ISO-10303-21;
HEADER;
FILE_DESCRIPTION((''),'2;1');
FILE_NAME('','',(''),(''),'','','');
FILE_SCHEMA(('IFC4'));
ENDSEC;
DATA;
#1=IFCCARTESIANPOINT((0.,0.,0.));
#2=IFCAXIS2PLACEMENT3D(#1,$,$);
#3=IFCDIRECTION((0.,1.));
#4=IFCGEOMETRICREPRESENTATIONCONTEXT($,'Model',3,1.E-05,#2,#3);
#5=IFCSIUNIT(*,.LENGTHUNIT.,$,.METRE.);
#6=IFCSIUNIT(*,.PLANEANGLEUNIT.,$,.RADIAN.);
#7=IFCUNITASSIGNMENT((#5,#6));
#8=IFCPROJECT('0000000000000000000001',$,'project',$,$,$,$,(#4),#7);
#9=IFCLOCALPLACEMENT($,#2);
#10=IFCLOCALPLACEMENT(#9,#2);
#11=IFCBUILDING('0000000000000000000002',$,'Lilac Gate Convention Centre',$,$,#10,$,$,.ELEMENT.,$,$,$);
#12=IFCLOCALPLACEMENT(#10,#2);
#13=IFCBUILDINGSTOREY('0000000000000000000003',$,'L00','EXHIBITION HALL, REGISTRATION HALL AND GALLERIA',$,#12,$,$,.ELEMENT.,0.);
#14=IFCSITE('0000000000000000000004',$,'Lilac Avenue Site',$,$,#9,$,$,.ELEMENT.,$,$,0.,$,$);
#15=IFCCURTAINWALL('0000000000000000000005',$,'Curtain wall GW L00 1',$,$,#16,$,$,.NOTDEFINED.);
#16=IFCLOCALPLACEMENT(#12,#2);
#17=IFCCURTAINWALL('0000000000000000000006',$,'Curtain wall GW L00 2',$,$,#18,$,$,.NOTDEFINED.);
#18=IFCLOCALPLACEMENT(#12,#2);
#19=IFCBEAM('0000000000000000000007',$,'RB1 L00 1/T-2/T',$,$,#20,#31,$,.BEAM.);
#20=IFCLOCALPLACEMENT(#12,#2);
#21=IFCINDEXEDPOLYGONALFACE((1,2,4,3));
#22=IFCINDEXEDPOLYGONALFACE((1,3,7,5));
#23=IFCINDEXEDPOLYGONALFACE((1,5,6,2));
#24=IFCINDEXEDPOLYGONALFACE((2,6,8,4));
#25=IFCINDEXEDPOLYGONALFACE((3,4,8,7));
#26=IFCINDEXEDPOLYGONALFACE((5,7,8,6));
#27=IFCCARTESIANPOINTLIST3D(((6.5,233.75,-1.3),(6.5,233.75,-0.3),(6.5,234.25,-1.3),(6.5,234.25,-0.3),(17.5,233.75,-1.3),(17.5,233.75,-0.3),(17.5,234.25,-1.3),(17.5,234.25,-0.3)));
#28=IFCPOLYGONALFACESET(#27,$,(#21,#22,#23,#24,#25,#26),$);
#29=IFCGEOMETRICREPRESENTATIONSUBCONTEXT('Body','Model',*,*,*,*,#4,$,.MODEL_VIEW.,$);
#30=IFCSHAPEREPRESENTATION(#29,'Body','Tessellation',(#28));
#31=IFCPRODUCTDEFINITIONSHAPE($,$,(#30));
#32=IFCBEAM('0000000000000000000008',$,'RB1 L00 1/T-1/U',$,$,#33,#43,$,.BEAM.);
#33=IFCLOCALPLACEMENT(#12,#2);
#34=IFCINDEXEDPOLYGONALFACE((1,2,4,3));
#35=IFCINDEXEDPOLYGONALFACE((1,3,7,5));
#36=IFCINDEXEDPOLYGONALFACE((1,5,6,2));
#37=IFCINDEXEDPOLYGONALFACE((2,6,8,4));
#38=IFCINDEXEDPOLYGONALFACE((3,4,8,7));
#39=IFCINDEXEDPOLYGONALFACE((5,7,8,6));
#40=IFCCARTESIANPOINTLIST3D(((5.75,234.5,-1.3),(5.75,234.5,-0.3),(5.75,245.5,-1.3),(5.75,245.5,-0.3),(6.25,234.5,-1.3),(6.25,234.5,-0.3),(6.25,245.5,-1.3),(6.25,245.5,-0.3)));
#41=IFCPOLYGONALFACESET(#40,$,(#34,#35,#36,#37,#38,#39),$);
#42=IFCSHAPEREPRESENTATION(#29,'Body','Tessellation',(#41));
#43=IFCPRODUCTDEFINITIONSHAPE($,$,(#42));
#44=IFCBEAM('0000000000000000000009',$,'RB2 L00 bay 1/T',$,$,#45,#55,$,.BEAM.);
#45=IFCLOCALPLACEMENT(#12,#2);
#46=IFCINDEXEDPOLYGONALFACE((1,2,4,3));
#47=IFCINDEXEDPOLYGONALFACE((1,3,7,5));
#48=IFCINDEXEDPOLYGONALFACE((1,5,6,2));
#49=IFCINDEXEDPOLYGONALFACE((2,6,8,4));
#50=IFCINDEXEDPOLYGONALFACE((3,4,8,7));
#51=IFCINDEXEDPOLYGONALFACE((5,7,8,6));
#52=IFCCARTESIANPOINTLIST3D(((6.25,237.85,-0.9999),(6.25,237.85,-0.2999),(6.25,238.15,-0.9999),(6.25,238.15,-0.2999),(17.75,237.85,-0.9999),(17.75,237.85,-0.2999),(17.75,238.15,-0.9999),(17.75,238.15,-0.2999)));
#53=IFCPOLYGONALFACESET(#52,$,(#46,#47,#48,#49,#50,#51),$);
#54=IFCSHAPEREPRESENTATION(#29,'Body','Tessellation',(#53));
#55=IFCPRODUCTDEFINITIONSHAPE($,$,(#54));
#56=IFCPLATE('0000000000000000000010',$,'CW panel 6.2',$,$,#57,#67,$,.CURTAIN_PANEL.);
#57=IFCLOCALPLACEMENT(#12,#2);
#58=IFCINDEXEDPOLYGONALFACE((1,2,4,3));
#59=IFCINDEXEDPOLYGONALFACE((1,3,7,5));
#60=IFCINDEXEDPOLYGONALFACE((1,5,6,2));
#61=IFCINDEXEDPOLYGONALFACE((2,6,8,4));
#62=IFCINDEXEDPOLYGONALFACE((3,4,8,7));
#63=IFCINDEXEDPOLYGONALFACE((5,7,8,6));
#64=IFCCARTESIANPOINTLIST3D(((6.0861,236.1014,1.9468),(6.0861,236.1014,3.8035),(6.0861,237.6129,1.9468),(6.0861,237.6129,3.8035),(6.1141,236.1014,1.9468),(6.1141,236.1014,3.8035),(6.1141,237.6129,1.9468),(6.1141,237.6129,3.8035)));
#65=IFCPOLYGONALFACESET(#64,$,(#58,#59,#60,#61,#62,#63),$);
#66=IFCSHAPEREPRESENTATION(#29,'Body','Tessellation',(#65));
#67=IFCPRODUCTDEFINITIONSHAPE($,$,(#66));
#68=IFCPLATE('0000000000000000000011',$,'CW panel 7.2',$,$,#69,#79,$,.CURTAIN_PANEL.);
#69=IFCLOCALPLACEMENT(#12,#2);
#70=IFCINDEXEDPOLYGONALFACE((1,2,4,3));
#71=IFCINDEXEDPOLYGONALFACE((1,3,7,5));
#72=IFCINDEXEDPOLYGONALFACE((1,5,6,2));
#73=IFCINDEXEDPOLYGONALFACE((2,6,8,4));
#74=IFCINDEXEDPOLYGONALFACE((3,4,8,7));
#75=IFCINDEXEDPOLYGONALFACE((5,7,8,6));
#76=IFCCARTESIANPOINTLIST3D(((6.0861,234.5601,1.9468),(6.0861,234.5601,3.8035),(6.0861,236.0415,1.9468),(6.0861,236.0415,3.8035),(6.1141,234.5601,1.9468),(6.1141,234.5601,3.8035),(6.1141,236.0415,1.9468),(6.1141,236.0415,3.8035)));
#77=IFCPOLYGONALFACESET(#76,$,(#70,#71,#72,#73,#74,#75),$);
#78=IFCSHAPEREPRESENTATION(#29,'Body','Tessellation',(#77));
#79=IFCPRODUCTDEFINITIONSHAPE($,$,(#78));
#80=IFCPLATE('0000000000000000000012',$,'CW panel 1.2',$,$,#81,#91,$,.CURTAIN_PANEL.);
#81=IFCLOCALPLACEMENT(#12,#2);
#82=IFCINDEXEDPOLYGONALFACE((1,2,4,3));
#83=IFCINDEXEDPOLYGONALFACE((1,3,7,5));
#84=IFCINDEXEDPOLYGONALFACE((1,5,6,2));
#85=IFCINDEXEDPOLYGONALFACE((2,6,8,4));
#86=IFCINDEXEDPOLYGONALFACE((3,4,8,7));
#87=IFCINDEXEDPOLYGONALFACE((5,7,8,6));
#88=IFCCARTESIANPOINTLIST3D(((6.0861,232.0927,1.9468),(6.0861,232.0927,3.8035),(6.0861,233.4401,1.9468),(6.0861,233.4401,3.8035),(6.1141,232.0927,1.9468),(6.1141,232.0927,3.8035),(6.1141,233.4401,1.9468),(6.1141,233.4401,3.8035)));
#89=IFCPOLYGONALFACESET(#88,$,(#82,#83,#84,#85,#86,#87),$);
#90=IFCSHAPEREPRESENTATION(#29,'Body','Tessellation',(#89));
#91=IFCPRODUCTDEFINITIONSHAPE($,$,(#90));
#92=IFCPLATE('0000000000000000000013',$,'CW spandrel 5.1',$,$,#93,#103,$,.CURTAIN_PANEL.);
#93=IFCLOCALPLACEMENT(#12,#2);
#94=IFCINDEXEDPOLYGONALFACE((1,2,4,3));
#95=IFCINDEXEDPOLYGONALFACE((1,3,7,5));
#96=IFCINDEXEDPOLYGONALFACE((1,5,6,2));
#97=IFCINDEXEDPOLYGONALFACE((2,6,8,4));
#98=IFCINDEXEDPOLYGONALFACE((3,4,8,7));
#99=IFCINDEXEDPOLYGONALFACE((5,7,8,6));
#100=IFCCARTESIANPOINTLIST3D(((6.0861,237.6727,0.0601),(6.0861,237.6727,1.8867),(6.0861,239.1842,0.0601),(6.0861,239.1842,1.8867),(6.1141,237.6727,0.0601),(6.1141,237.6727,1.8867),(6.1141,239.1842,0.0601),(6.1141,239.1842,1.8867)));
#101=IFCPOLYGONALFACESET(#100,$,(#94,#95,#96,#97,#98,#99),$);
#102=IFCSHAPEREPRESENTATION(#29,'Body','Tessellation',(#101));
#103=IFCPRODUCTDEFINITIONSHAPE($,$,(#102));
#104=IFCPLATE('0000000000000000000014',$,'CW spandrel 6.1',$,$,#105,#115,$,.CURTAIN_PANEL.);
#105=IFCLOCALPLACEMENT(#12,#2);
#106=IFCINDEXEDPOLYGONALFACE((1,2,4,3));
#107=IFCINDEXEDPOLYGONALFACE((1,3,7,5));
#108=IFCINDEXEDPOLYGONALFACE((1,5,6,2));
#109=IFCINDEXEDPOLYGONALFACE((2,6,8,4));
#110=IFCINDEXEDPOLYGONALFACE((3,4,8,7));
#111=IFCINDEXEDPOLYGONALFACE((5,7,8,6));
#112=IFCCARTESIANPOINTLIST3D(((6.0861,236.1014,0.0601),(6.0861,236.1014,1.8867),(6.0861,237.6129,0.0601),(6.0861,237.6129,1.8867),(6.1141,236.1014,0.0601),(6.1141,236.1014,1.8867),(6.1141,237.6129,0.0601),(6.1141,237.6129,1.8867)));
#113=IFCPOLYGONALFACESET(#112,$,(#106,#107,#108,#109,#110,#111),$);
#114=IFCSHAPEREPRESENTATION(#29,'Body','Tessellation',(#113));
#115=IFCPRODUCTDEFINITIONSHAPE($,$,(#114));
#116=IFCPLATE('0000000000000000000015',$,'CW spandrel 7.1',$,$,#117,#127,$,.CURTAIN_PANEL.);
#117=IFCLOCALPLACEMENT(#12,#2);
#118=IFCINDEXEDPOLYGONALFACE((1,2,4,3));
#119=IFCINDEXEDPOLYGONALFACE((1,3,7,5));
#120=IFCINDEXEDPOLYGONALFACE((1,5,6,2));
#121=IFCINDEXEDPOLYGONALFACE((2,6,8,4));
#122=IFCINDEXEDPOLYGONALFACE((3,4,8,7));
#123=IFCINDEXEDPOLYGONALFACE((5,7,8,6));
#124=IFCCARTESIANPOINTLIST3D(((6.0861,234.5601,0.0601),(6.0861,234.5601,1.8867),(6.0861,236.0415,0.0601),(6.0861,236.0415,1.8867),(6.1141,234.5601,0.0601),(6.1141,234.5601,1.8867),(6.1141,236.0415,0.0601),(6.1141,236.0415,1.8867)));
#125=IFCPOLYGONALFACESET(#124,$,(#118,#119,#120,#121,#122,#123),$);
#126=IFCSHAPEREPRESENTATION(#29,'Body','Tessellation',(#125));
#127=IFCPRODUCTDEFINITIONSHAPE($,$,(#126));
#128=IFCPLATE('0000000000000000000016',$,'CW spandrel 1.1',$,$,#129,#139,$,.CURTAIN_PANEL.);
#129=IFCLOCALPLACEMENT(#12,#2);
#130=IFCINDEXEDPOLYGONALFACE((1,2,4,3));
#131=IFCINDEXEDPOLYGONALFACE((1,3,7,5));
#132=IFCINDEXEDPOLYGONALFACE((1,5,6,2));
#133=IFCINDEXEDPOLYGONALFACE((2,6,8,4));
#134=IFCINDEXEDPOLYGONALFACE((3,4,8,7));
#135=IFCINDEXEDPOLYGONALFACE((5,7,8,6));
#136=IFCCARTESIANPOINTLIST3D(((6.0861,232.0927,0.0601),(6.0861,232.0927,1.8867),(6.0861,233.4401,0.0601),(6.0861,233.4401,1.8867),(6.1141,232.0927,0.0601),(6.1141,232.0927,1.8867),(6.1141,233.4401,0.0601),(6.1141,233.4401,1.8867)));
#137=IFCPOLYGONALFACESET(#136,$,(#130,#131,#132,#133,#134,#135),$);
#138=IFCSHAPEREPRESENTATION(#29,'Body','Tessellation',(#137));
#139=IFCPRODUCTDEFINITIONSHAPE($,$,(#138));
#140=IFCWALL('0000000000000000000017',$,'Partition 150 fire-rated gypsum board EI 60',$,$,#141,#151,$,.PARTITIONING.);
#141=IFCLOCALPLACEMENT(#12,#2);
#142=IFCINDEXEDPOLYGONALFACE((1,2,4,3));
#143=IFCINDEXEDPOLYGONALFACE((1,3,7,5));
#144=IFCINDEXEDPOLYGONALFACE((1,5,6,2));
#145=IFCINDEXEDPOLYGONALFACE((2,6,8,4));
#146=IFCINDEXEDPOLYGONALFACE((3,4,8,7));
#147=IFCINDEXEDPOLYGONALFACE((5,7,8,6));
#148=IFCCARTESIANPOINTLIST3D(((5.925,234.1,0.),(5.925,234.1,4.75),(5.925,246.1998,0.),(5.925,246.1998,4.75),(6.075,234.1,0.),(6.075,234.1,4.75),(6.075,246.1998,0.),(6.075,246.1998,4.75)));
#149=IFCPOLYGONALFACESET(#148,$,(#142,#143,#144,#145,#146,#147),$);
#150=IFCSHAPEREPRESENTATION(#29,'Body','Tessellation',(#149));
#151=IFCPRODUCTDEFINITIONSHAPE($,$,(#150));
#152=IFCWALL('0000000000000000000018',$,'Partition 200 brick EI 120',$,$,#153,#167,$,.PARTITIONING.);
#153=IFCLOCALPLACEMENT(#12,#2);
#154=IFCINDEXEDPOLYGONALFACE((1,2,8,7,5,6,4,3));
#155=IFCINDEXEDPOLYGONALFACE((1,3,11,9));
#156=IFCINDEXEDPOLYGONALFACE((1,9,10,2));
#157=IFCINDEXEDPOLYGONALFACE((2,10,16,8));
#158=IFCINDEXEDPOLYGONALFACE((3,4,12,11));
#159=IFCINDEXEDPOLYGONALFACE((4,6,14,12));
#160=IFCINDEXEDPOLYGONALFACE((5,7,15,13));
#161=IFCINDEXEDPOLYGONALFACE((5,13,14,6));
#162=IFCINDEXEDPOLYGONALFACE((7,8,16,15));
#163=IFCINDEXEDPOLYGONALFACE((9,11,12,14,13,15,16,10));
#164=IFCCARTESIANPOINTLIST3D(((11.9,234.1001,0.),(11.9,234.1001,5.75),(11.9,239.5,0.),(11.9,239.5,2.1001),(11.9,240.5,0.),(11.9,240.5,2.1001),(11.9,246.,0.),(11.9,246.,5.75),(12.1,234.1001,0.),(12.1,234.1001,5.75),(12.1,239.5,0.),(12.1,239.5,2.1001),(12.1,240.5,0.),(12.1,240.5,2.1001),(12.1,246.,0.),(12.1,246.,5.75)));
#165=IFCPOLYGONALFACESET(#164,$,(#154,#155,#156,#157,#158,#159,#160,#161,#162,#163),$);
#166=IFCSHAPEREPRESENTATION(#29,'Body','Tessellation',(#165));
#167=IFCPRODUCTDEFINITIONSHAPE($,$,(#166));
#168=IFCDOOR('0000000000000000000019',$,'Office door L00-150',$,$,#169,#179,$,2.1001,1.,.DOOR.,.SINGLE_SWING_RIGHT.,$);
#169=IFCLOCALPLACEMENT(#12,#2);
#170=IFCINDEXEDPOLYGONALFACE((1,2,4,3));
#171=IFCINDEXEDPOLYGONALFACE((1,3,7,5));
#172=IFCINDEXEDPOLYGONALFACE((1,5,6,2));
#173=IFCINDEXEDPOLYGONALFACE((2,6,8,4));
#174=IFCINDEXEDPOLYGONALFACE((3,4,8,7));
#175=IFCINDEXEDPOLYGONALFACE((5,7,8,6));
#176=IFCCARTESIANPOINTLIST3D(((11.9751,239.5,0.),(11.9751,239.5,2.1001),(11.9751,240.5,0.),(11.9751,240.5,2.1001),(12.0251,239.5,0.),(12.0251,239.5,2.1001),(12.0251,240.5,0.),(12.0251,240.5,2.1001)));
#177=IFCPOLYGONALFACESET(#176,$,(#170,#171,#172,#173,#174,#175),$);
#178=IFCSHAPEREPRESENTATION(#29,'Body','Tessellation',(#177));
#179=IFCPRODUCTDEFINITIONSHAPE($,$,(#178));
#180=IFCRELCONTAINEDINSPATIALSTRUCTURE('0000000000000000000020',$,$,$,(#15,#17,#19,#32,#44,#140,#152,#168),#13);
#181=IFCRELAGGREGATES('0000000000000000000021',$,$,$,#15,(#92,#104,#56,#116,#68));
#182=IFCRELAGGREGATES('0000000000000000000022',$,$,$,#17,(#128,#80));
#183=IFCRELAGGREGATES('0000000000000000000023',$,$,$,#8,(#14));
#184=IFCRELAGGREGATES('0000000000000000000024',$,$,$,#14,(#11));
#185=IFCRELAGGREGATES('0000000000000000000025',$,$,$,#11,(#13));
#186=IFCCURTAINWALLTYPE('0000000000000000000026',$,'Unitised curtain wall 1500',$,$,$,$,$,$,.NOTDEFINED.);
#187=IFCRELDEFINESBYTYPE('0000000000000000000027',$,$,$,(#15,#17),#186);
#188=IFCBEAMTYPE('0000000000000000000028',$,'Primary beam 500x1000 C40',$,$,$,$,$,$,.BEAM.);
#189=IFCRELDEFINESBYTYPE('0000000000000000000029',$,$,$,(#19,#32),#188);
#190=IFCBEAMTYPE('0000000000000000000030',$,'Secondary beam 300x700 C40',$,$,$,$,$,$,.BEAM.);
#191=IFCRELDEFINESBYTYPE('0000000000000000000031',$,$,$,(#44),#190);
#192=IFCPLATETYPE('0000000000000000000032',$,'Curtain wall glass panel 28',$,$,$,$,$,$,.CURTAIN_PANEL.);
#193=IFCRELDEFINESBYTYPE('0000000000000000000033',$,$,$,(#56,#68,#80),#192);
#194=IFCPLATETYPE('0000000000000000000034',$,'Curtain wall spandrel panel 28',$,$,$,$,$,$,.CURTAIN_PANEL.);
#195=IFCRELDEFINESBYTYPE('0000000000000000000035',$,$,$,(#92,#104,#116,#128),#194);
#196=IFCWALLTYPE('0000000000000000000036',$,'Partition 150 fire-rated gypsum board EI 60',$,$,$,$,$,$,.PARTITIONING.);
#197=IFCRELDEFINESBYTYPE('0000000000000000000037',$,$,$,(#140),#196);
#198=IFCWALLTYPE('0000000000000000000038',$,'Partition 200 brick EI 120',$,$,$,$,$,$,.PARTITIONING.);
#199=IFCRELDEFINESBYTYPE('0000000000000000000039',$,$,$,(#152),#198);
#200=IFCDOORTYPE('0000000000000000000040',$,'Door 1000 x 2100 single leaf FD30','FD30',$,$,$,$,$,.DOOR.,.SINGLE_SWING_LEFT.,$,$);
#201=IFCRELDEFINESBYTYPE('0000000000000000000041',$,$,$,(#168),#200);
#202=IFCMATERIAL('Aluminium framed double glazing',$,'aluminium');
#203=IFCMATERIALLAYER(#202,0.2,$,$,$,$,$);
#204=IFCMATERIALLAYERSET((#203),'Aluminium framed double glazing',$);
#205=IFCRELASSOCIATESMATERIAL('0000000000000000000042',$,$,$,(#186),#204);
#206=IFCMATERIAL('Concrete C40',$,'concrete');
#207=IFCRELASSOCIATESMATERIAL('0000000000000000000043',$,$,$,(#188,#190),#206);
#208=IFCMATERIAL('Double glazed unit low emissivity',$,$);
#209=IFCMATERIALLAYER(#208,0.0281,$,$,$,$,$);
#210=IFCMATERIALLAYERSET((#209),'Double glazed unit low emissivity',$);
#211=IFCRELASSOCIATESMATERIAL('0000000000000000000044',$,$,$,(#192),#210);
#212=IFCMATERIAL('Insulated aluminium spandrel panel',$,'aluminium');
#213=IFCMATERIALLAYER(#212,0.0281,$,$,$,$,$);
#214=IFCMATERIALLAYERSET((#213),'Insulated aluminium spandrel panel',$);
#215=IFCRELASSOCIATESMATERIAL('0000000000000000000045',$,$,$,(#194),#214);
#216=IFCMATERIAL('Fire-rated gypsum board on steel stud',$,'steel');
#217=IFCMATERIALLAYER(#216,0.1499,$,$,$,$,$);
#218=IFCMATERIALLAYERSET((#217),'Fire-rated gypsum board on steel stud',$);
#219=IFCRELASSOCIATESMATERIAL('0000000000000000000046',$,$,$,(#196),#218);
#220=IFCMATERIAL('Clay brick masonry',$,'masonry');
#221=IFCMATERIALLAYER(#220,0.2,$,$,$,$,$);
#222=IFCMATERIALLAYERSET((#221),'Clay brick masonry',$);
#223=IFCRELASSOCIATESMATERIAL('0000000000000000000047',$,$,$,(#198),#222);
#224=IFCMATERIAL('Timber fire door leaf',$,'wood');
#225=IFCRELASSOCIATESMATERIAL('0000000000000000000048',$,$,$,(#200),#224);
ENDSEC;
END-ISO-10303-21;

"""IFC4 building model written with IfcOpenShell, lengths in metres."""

from ifc_helpers import new_model, si_unit, direction, frame, frame_2d, origin, origin_2d, place, context, subcontext, project, spatial, rectangle, extrude, material, layer, layer_set, material_profile, profile_set, type_object, element, fill, aggregate, save


model = new_model("IFC4")

# Units and contexts
model_context = context("Model", 3, precision=1e-05, world=origin(), true_north=direction((0.0, 1.0)))
body_context = subcontext(model_context, "Body", "Model", "MODEL_VIEW")
ifc_project = project(units=[si_unit("LENGTHUNIT", "METRE"), si_unit("PLANEANGLEUNIT", "RADIAN")], contexts=[model_context])

# Site, building, storey
site_placement = place(None, origin())
site = spatial("IfcSite", under=ifc_project, at=site_placement, Name="Lilac Avenue Site", CompositionType="ELEMENT", RefElevation=0.0)
building_placement = place(site_placement, origin())
building = spatial("IfcBuilding", under=site, at=building_placement, Name="Lilac Gate Convention Centre", CompositionType="ELEMENT")
storey_placement = place(building_placement, origin())
storey = spatial("IfcBuildingStorey", under=building, at=storey_placement, Name="L00", Description="EXHIBITION HALL, REGISTRATION HALL AND GALLERIA", CompositionType="ELEMENT", Elevation=0.0)

# Shared definitions
ifc_material_1 = material(Name="Concrete C40", Category="concrete")

# Curtain walls
ifc_material_2 = material(Name="Aluminium framed double glazing", Category="aluminium")
ifc_layer_1 = layer(ifc_material_2, 0.2)
ifc_layer_set_1 = layer_set([ifc_layer_1], Name="Aluminium framed double glazing")
curtain_wall_type = type_object("IfcCurtainWallType", Name="Unitised curtain wall 1500", PredefinedType="NOTDEFINED", material=ifc_layer_set_1)
curtain_wall_1_placement = place(storey_placement, origin())
curtain_wall_1 = element("IfcCurtainWall", 1, at=curtain_wall_1_placement, inside=storey, type_object=curtain_wall_type, Name="Curtain wall GW L00 1", PredefinedType="NOTDEFINED")
curtain_wall_2_placement = place(storey_placement, origin())
curtain_wall_2 = element("IfcCurtainWall", 2, at=curtain_wall_2_placement, inside=storey, type_object=curtain_wall_type, Name="Curtain wall GW L00 2", PredefinedType="NOTDEFINED")

# Beams
ifc_material_profile_1 = material_profile(ifc_material_1, rectangle(XDim=0.5, YDim=1.0, at=origin_2d()), Name="RC 500x1000")
ifc_profile_set_1 = profile_set([ifc_material_profile_1], Name="Concrete C40")
beam_type_1 = type_object("IfcBeamType", Name="Primary beam 500x1000 C40", PredefinedType="BEAM", material=ifc_profile_set_1)
for number, where, z_axis, x_axis, name in (
    (3, (6.5, 234.0, -0.8), (1.0, 0.0, 0.0), (0.0, 1.0, 0.0), "RB1 L00 1/T-2/T"),
    (4, (6.0, 234.5, -0.8), (0.0, 1.0, 0.0), (-1.0, 0.0, 0.0), "RB1 L00 1/T-1/U"),
):
    element("IfcBeam", number, at=place(storey_placement, frame(where, z_axis=z_axis, x_axis=x_axis)), inside=storey, type_object=beam_type_1, Name=name, PredefinedType="BEAM", context=body_context, shape_type="SweptSolid", body=[
        extrude(rectangle(XDim=0.5, YDim=1.0, at=origin_2d()), origin(), (0.0, 0.0, 1.0), 11.0),
    ])
ifc_material_profile_2 = material_profile(ifc_material_1, rectangle(XDim=0.3, YDim=0.7, at=origin_2d()), Name="RC 300x700")
ifc_profile_set_2 = profile_set([ifc_material_profile_2], Name="Concrete C40")
beam_type_2 = type_object("IfcBeamType", Name="Secondary beam 300x700 C40", PredefinedType="BEAM", material=ifc_profile_set_2)
beam_placement = place(storey_placement, frame((6.25, 238.0, -0.6499), z_axis=(1.0, 0.0, 0.0), x_axis=(0.0, 1.0, 0.0)))
element("IfcBeam", 5, at=beam_placement, inside=storey, type_object=beam_type_2, Name="RB2 L00 bay 1/T", PredefinedType="BEAM", context=body_context, shape_type="SweptSolid", body=[
    extrude(rectangle(XDim=0.3, YDim=0.7, at=origin_2d()), origin(), (0.0, 0.0, 1.0), 11.5),
])

# Plates
ifc_material_3 = material(Name="Double glazed unit low emissivity")
ifc_layer_2 = layer(ifc_material_3, 0.0281)
ifc_layer_set_2 = layer_set([ifc_layer_2], Name="Double glazed unit low emissivity")
plate_type_1 = type_object("IfcPlateType", Name="Curtain wall glass panel 28", PredefinedType="CURTAIN_PANEL", material=ifc_layer_set_2)
plate_1_placement = place(storey_placement, frame((6.1001, 236.8572, 1.9468), z_axis=(0.0, 0.0, 1.0), x_axis=(0.0, -1.0, 0.0)))
plate_1 = element("IfcPlate", 6, at=plate_1_placement, type_object=plate_type_1, Name="CW panel 6.2", PredefinedType="CURTAIN_PANEL", context=body_context, shape_type="SweptSolid", body=[
    extrude(rectangle(XDim=1.5115, YDim=0.0281, at=origin_2d()), origin(), (0.0, 0.0, 1.0), 1.8567),
])
plate_2_placement = place(storey_placement, frame((6.1001, 235.3008, 1.9468), z_axis=(0.0, 0.0, 1.0), x_axis=(0.0, -1.0, 0.0)))
plate_2 = element("IfcPlate", 7, at=plate_2_placement, type_object=plate_type_1, Name="CW panel 7.2", PredefinedType="CURTAIN_PANEL", context=body_context, shape_type="SweptSolid", body=[
    extrude(rectangle(XDim=1.4814, YDim=0.0281, at=origin_2d()), origin(), (0.0, 0.0, 1.0), 1.8567),
])
plate_3_placement = place(storey_placement, frame((6.1001, 232.7664, 1.9468), z_axis=(0.0, 0.0, 1.0), x_axis=(0.0, -1.0, 0.0)))
plate_3 = element("IfcPlate", 8, at=plate_3_placement, type_object=plate_type_1, Name="CW panel 1.2", PredefinedType="CURTAIN_PANEL", context=body_context, shape_type="SweptSolid", body=[
    extrude(rectangle(XDim=1.3474, YDim=0.0281, at=origin_2d()), origin(), (0.0, 0.0, 1.0), 1.8567),
])
ifc_material_4 = material(Name="Insulated aluminium spandrel panel", Category="aluminium")
ifc_layer_3 = layer(ifc_material_4, 0.0281)
ifc_layer_set_3 = layer_set([ifc_layer_3], Name="Insulated aluminium spandrel panel")
plate_type_2 = type_object("IfcPlateType", Name="Curtain wall spandrel panel 28", PredefinedType="CURTAIN_PANEL", material=ifc_layer_set_3)
plate_4_placement = place(storey_placement, frame((6.1001, 238.4285, 0.0601), z_axis=(0.0, 0.0, 1.0), x_axis=(0.0, -1.0, 0.0)))
plate_4 = element("IfcPlate", 9, at=plate_4_placement, type_object=plate_type_2, Name="CW spandrel 5.1", PredefinedType="CURTAIN_PANEL", context=body_context, shape_type="SweptSolid", body=[
    extrude(rectangle(XDim=1.5115, YDim=0.0281, at=origin_2d()), origin(), (0.0, 0.0, 1.0), 1.8267),
])
plate_5_placement = place(storey_placement, frame((6.1001, 236.8572, 0.0601), z_axis=(0.0, 0.0, 1.0), x_axis=(0.0, -1.0, 0.0)))
plate_5 = element("IfcPlate", 10, at=plate_5_placement, type_object=plate_type_2, Name="CW spandrel 6.1", PredefinedType="CURTAIN_PANEL", context=body_context, shape_type="SweptSolid", body=[
    extrude(rectangle(XDim=1.5115, YDim=0.0281, at=origin_2d()), origin(), (0.0, 0.0, 1.0), 1.8267),
])
plate_6_placement = place(storey_placement, frame((6.1001, 235.3008, 0.0601), z_axis=(0.0, 0.0, 1.0), x_axis=(0.0, -1.0, 0.0)))
plate_6 = element("IfcPlate", 11, at=plate_6_placement, type_object=plate_type_2, Name="CW spandrel 7.1", PredefinedType="CURTAIN_PANEL", context=body_context, shape_type="SweptSolid", body=[
    extrude(rectangle(XDim=1.4814, YDim=0.0281, at=origin_2d()), origin(), (0.0, 0.0, 1.0), 1.8267),
])
aggregate(curtain_wall_1, [plate_4, plate_5, plate_1, plate_6, plate_2])
plate_7_placement = place(storey_placement, frame((6.1001, 232.7664, 0.0601), z_axis=(0.0, 0.0, 1.0), x_axis=(0.0, -1.0, 0.0)))
plate_7 = element("IfcPlate", 12, at=plate_7_placement, type_object=plate_type_2, Name="CW spandrel 1.1", PredefinedType="CURTAIN_PANEL", context=body_context, shape_type="SweptSolid", body=[
    extrude(rectangle(XDim=1.3474, YDim=0.0281, at=origin_2d()), origin(), (0.0, 0.0, 1.0), 1.8267),
])
aggregate(curtain_wall_2, [plate_7, plate_3])

# Wall
ifc_material_5 = material(Name="Fire-rated gypsum board on steel stud", Category="steel")
ifc_layer_4 = layer(ifc_material_5, 0.1499)
ifc_layer_set_4 = layer_set([ifc_layer_4], Name="Fire-rated gypsum board on steel stud")
wall_type_1 = type_object("IfcWallType", Name="Partition 150 fire-rated gypsum board EI 60", PredefinedType="PARTITIONING", material=ifc_layer_set_4)
wall_1_placement = place(storey_placement, frame((6.0, 234.1001, 0.0), z_axis=(0.0, 0.0, 1.0), x_axis=(0.0, 1.0, 0.0)))
element("IfcWall", 13, at=wall_1_placement, inside=storey, type_object=wall_type_1, Name="Partition 150 fire-rated gypsum board EI 60", PredefinedType="PARTITIONING", context=body_context, shape_type="SweptSolid", body=[
    extrude(rectangle(XDim=12.0999, YDim=0.1499, at=frame_2d((6.0498, 0.0))), origin(), (0.0, 0.0, 1.0), 4.75),
])

# Wall, opening, door
ifc_material_6 = material(Name="Clay brick masonry", Category="masonry")
ifc_layer_5 = layer(ifc_material_6, 0.2)
ifc_layer_set_5 = layer_set([ifc_layer_5], Name="Clay brick masonry")
wall_type_2 = type_object("IfcWallType", Name="Partition 200 brick EI 120", PredefinedType="PARTITIONING", material=ifc_layer_set_5)
wall_2_placement = place(storey_placement, frame((12.0, 234.1001, 0.0), z_axis=(0.0, 0.0, 1.0), x_axis=(0.0, 1.0, 0.0)))
wall_2 = element("IfcWall", 14, at=wall_2_placement, inside=storey, type_object=wall_type_2, Name="Partition 200 brick EI 120", PredefinedType="PARTITIONING", context=body_context, shape_type="SweptSolid", body=[
    extrude(rectangle(XDim=11.8999, YDim=0.2, at=frame_2d((5.95, 0.0))), origin(), (0.0, 0.0, 1.0), 5.75),
])
opening_placement = place(wall_2_placement, frame((5.3999, 0.0, 0.0)))
opening = element("IfcOpeningElement", 15, at=opening_placement, cuts=wall_2, PredefinedType="OPENING", context=body_context, shape_type="SweptSolid", body=[
    extrude(rectangle(XDim=1.0, YDim=2.1001, at=frame_2d((0.5, 1.05))), frame((0.0, 0.1099, 0.0), z_axis=(0.0, -1.0, 0.0), x_axis=(1.0, 0.0, 0.0)), (0.0, 0.0, 1.0), 0.22),
])
ifc_material_7 = material(Name="Timber fire door leaf", Category="wood")
door_type = type_object("IfcDoorType", Name="Door 1000 x 2100 single leaf FD30", Description="FD30", OperationType="SINGLE_SWING_LEFT", PredefinedType="DOOR", material=ifc_material_7)
door_placement = place(opening_placement, origin())
door = element("IfcDoor", 16, at=door_placement, inside=storey, type_object=door_type, Name="Office door L00-150", OperationType="SINGLE_SWING_RIGHT", OverallHeight=2.1001, OverallWidth=1.0, PredefinedType="DOOR", context=body_context, shape_type="SweptSolid", body=[
    extrude(rectangle(XDim=1.0, YDim=2.1001, at=frame_2d((0.5, 1.05))), frame((0.0, 0.0249, 0.0), z_axis=(0.0, -1.0, 0.0), x_axis=(1.0, 0.0, 0.0)), (0.0, 0.0, 1.0), 0.05),
])
fill(opening, door)

save(model, "model.ifc")
